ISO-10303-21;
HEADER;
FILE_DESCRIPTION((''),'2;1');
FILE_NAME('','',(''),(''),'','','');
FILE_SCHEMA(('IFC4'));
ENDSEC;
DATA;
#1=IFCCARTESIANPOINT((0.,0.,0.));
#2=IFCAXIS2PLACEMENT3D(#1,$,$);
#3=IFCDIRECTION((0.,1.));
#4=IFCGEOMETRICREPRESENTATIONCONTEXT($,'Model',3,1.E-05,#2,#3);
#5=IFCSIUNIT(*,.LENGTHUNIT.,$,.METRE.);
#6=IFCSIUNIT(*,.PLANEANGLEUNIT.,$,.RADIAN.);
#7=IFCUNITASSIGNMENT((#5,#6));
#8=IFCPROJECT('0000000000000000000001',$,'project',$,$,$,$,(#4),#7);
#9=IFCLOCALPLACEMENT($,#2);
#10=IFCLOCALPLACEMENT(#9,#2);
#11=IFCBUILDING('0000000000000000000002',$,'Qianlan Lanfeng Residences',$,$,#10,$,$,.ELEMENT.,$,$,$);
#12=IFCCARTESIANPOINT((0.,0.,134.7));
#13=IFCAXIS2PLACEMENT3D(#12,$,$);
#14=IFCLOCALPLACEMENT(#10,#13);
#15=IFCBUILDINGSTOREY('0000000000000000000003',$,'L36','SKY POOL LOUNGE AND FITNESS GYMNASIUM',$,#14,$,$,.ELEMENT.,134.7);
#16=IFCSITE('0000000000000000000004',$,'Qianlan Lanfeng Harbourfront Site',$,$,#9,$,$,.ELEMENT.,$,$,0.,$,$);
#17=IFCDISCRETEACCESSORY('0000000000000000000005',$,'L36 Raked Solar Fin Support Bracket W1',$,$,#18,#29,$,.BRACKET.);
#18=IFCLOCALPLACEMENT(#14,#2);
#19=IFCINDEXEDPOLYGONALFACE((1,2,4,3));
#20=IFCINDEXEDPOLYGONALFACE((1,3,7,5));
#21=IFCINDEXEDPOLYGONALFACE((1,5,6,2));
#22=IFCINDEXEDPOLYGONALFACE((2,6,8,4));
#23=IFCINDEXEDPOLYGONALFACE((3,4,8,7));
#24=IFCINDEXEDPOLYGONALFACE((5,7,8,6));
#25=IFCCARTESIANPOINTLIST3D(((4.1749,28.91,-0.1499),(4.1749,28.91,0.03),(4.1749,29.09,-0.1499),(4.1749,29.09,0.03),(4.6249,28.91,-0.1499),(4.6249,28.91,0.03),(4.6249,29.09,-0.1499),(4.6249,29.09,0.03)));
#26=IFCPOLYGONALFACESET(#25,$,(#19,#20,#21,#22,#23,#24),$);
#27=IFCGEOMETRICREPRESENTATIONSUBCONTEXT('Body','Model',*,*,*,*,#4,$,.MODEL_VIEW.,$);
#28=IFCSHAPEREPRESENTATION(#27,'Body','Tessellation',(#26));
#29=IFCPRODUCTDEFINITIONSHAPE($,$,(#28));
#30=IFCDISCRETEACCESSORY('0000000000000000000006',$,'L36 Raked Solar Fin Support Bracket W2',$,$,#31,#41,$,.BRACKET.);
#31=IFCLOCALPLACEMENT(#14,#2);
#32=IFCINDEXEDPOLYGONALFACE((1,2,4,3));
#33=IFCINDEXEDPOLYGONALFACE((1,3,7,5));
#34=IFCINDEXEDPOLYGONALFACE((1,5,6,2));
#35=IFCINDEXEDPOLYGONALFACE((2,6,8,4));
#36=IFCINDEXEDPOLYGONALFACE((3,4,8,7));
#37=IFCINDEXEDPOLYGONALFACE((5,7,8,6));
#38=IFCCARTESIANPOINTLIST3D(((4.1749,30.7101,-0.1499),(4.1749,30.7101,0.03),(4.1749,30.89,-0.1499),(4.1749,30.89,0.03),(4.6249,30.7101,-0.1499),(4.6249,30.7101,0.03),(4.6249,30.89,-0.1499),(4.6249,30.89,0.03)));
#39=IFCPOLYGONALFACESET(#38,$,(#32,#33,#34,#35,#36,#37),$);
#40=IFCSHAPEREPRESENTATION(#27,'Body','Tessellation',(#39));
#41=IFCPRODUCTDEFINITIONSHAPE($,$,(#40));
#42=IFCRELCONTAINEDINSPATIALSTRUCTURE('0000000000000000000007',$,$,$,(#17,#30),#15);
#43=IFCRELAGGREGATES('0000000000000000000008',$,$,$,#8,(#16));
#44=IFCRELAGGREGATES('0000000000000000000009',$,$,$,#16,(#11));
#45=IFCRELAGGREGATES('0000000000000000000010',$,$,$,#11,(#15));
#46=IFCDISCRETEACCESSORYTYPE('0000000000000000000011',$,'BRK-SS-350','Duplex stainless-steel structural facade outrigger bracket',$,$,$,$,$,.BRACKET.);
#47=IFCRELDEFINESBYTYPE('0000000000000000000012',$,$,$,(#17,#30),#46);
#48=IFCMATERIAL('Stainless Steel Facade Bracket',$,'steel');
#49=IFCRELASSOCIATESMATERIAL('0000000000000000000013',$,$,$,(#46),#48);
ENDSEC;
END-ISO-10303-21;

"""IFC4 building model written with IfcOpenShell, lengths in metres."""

from ifc_helpers import new_model, si_unit, direction, frame, origin, origin_2d, place, context, subcontext, project, spatial, rectangle, extrude, source, transform, mapped, material, type_object, element, save


model = new_model("IFC4")

# Units and contexts
model_context = context("Model", 3, precision=1e-05, world=origin(), true_north=direction((0.0, 1.0)))
body_context = subcontext(model_context, "Body", "Model", "MODEL_VIEW")
ifc_project = project(units=[si_unit("LENGTHUNIT", "METRE"), si_unit("PLANEANGLEUNIT", "RADIAN")], contexts=[model_context])

# Site, building, storey
site_placement = place(None, origin())
site = spatial("IfcSite", under=ifc_project, at=site_placement, Name="Qianlan Lanfeng Harbourfront Site", CompositionType="ELEMENT", RefElevation=0.0)
building_placement = place(site_placement, origin())
building = spatial("IfcBuilding", under=site, at=building_placement, Name="Qianlan Lanfeng Residences", CompositionType="ELEMENT")
storey_placement = place(building_placement, frame((0.0, 0.0, 134.7)))
storey = spatial("IfcBuildingStorey", under=building, at=storey_placement, Name="L36", Description="SKY POOL LOUNGE AND FITNESS GYMNASIUM", CompositionType="ELEMENT", Elevation=134.7)

# Discrete accessories
ifc_material_1 = material(Name="Stainless Steel Facade Bracket", Category="steel")
discrete_accessory_type = type_object("IfcDiscreteAccessoryType", Name="BRK-SS-350", Description="Duplex stainless-steel structural facade outrigger bracket", PredefinedType="BRACKET", material=ifc_material_1)
shared_shape_1 = source(origin(), body_context, "Body", "SweptSolid", [
    extrude(rectangle(XDim=0.45, YDim=0.1799, at=origin_2d()), origin(), (0.0, 0.0, 1.0), 0.1799),
])
for number, where, z_axis, x_axis, name in (
    (1, (4.3999, 29.0, -0.1499), (0.0, 0.0, 1.0), (1.0, 0.0, 0.0), "L36 Raked Solar Fin Support Bracket W1"),
    (2, (4.3999, 30.8, -0.1499), (0.0, 0.0, 1.0), (1.0, 0.0, 0.0), "L36 Raked Solar Fin Support Bracket W2"),
):
    element("IfcDiscreteAccessory", number, at=place(storey_placement, frame(where, z_axis=z_axis, x_axis=x_axis)), inside=storey, type_object=discrete_accessory_type, Name=name, PredefinedType="BRACKET", context=body_context, shape_type="MappedRepresentation", body=[
        mapped(shared_shape_1, transform((0.0, 0.0, 0.0), scale=1.0)),
    ])

save(model, "model.ifc")
